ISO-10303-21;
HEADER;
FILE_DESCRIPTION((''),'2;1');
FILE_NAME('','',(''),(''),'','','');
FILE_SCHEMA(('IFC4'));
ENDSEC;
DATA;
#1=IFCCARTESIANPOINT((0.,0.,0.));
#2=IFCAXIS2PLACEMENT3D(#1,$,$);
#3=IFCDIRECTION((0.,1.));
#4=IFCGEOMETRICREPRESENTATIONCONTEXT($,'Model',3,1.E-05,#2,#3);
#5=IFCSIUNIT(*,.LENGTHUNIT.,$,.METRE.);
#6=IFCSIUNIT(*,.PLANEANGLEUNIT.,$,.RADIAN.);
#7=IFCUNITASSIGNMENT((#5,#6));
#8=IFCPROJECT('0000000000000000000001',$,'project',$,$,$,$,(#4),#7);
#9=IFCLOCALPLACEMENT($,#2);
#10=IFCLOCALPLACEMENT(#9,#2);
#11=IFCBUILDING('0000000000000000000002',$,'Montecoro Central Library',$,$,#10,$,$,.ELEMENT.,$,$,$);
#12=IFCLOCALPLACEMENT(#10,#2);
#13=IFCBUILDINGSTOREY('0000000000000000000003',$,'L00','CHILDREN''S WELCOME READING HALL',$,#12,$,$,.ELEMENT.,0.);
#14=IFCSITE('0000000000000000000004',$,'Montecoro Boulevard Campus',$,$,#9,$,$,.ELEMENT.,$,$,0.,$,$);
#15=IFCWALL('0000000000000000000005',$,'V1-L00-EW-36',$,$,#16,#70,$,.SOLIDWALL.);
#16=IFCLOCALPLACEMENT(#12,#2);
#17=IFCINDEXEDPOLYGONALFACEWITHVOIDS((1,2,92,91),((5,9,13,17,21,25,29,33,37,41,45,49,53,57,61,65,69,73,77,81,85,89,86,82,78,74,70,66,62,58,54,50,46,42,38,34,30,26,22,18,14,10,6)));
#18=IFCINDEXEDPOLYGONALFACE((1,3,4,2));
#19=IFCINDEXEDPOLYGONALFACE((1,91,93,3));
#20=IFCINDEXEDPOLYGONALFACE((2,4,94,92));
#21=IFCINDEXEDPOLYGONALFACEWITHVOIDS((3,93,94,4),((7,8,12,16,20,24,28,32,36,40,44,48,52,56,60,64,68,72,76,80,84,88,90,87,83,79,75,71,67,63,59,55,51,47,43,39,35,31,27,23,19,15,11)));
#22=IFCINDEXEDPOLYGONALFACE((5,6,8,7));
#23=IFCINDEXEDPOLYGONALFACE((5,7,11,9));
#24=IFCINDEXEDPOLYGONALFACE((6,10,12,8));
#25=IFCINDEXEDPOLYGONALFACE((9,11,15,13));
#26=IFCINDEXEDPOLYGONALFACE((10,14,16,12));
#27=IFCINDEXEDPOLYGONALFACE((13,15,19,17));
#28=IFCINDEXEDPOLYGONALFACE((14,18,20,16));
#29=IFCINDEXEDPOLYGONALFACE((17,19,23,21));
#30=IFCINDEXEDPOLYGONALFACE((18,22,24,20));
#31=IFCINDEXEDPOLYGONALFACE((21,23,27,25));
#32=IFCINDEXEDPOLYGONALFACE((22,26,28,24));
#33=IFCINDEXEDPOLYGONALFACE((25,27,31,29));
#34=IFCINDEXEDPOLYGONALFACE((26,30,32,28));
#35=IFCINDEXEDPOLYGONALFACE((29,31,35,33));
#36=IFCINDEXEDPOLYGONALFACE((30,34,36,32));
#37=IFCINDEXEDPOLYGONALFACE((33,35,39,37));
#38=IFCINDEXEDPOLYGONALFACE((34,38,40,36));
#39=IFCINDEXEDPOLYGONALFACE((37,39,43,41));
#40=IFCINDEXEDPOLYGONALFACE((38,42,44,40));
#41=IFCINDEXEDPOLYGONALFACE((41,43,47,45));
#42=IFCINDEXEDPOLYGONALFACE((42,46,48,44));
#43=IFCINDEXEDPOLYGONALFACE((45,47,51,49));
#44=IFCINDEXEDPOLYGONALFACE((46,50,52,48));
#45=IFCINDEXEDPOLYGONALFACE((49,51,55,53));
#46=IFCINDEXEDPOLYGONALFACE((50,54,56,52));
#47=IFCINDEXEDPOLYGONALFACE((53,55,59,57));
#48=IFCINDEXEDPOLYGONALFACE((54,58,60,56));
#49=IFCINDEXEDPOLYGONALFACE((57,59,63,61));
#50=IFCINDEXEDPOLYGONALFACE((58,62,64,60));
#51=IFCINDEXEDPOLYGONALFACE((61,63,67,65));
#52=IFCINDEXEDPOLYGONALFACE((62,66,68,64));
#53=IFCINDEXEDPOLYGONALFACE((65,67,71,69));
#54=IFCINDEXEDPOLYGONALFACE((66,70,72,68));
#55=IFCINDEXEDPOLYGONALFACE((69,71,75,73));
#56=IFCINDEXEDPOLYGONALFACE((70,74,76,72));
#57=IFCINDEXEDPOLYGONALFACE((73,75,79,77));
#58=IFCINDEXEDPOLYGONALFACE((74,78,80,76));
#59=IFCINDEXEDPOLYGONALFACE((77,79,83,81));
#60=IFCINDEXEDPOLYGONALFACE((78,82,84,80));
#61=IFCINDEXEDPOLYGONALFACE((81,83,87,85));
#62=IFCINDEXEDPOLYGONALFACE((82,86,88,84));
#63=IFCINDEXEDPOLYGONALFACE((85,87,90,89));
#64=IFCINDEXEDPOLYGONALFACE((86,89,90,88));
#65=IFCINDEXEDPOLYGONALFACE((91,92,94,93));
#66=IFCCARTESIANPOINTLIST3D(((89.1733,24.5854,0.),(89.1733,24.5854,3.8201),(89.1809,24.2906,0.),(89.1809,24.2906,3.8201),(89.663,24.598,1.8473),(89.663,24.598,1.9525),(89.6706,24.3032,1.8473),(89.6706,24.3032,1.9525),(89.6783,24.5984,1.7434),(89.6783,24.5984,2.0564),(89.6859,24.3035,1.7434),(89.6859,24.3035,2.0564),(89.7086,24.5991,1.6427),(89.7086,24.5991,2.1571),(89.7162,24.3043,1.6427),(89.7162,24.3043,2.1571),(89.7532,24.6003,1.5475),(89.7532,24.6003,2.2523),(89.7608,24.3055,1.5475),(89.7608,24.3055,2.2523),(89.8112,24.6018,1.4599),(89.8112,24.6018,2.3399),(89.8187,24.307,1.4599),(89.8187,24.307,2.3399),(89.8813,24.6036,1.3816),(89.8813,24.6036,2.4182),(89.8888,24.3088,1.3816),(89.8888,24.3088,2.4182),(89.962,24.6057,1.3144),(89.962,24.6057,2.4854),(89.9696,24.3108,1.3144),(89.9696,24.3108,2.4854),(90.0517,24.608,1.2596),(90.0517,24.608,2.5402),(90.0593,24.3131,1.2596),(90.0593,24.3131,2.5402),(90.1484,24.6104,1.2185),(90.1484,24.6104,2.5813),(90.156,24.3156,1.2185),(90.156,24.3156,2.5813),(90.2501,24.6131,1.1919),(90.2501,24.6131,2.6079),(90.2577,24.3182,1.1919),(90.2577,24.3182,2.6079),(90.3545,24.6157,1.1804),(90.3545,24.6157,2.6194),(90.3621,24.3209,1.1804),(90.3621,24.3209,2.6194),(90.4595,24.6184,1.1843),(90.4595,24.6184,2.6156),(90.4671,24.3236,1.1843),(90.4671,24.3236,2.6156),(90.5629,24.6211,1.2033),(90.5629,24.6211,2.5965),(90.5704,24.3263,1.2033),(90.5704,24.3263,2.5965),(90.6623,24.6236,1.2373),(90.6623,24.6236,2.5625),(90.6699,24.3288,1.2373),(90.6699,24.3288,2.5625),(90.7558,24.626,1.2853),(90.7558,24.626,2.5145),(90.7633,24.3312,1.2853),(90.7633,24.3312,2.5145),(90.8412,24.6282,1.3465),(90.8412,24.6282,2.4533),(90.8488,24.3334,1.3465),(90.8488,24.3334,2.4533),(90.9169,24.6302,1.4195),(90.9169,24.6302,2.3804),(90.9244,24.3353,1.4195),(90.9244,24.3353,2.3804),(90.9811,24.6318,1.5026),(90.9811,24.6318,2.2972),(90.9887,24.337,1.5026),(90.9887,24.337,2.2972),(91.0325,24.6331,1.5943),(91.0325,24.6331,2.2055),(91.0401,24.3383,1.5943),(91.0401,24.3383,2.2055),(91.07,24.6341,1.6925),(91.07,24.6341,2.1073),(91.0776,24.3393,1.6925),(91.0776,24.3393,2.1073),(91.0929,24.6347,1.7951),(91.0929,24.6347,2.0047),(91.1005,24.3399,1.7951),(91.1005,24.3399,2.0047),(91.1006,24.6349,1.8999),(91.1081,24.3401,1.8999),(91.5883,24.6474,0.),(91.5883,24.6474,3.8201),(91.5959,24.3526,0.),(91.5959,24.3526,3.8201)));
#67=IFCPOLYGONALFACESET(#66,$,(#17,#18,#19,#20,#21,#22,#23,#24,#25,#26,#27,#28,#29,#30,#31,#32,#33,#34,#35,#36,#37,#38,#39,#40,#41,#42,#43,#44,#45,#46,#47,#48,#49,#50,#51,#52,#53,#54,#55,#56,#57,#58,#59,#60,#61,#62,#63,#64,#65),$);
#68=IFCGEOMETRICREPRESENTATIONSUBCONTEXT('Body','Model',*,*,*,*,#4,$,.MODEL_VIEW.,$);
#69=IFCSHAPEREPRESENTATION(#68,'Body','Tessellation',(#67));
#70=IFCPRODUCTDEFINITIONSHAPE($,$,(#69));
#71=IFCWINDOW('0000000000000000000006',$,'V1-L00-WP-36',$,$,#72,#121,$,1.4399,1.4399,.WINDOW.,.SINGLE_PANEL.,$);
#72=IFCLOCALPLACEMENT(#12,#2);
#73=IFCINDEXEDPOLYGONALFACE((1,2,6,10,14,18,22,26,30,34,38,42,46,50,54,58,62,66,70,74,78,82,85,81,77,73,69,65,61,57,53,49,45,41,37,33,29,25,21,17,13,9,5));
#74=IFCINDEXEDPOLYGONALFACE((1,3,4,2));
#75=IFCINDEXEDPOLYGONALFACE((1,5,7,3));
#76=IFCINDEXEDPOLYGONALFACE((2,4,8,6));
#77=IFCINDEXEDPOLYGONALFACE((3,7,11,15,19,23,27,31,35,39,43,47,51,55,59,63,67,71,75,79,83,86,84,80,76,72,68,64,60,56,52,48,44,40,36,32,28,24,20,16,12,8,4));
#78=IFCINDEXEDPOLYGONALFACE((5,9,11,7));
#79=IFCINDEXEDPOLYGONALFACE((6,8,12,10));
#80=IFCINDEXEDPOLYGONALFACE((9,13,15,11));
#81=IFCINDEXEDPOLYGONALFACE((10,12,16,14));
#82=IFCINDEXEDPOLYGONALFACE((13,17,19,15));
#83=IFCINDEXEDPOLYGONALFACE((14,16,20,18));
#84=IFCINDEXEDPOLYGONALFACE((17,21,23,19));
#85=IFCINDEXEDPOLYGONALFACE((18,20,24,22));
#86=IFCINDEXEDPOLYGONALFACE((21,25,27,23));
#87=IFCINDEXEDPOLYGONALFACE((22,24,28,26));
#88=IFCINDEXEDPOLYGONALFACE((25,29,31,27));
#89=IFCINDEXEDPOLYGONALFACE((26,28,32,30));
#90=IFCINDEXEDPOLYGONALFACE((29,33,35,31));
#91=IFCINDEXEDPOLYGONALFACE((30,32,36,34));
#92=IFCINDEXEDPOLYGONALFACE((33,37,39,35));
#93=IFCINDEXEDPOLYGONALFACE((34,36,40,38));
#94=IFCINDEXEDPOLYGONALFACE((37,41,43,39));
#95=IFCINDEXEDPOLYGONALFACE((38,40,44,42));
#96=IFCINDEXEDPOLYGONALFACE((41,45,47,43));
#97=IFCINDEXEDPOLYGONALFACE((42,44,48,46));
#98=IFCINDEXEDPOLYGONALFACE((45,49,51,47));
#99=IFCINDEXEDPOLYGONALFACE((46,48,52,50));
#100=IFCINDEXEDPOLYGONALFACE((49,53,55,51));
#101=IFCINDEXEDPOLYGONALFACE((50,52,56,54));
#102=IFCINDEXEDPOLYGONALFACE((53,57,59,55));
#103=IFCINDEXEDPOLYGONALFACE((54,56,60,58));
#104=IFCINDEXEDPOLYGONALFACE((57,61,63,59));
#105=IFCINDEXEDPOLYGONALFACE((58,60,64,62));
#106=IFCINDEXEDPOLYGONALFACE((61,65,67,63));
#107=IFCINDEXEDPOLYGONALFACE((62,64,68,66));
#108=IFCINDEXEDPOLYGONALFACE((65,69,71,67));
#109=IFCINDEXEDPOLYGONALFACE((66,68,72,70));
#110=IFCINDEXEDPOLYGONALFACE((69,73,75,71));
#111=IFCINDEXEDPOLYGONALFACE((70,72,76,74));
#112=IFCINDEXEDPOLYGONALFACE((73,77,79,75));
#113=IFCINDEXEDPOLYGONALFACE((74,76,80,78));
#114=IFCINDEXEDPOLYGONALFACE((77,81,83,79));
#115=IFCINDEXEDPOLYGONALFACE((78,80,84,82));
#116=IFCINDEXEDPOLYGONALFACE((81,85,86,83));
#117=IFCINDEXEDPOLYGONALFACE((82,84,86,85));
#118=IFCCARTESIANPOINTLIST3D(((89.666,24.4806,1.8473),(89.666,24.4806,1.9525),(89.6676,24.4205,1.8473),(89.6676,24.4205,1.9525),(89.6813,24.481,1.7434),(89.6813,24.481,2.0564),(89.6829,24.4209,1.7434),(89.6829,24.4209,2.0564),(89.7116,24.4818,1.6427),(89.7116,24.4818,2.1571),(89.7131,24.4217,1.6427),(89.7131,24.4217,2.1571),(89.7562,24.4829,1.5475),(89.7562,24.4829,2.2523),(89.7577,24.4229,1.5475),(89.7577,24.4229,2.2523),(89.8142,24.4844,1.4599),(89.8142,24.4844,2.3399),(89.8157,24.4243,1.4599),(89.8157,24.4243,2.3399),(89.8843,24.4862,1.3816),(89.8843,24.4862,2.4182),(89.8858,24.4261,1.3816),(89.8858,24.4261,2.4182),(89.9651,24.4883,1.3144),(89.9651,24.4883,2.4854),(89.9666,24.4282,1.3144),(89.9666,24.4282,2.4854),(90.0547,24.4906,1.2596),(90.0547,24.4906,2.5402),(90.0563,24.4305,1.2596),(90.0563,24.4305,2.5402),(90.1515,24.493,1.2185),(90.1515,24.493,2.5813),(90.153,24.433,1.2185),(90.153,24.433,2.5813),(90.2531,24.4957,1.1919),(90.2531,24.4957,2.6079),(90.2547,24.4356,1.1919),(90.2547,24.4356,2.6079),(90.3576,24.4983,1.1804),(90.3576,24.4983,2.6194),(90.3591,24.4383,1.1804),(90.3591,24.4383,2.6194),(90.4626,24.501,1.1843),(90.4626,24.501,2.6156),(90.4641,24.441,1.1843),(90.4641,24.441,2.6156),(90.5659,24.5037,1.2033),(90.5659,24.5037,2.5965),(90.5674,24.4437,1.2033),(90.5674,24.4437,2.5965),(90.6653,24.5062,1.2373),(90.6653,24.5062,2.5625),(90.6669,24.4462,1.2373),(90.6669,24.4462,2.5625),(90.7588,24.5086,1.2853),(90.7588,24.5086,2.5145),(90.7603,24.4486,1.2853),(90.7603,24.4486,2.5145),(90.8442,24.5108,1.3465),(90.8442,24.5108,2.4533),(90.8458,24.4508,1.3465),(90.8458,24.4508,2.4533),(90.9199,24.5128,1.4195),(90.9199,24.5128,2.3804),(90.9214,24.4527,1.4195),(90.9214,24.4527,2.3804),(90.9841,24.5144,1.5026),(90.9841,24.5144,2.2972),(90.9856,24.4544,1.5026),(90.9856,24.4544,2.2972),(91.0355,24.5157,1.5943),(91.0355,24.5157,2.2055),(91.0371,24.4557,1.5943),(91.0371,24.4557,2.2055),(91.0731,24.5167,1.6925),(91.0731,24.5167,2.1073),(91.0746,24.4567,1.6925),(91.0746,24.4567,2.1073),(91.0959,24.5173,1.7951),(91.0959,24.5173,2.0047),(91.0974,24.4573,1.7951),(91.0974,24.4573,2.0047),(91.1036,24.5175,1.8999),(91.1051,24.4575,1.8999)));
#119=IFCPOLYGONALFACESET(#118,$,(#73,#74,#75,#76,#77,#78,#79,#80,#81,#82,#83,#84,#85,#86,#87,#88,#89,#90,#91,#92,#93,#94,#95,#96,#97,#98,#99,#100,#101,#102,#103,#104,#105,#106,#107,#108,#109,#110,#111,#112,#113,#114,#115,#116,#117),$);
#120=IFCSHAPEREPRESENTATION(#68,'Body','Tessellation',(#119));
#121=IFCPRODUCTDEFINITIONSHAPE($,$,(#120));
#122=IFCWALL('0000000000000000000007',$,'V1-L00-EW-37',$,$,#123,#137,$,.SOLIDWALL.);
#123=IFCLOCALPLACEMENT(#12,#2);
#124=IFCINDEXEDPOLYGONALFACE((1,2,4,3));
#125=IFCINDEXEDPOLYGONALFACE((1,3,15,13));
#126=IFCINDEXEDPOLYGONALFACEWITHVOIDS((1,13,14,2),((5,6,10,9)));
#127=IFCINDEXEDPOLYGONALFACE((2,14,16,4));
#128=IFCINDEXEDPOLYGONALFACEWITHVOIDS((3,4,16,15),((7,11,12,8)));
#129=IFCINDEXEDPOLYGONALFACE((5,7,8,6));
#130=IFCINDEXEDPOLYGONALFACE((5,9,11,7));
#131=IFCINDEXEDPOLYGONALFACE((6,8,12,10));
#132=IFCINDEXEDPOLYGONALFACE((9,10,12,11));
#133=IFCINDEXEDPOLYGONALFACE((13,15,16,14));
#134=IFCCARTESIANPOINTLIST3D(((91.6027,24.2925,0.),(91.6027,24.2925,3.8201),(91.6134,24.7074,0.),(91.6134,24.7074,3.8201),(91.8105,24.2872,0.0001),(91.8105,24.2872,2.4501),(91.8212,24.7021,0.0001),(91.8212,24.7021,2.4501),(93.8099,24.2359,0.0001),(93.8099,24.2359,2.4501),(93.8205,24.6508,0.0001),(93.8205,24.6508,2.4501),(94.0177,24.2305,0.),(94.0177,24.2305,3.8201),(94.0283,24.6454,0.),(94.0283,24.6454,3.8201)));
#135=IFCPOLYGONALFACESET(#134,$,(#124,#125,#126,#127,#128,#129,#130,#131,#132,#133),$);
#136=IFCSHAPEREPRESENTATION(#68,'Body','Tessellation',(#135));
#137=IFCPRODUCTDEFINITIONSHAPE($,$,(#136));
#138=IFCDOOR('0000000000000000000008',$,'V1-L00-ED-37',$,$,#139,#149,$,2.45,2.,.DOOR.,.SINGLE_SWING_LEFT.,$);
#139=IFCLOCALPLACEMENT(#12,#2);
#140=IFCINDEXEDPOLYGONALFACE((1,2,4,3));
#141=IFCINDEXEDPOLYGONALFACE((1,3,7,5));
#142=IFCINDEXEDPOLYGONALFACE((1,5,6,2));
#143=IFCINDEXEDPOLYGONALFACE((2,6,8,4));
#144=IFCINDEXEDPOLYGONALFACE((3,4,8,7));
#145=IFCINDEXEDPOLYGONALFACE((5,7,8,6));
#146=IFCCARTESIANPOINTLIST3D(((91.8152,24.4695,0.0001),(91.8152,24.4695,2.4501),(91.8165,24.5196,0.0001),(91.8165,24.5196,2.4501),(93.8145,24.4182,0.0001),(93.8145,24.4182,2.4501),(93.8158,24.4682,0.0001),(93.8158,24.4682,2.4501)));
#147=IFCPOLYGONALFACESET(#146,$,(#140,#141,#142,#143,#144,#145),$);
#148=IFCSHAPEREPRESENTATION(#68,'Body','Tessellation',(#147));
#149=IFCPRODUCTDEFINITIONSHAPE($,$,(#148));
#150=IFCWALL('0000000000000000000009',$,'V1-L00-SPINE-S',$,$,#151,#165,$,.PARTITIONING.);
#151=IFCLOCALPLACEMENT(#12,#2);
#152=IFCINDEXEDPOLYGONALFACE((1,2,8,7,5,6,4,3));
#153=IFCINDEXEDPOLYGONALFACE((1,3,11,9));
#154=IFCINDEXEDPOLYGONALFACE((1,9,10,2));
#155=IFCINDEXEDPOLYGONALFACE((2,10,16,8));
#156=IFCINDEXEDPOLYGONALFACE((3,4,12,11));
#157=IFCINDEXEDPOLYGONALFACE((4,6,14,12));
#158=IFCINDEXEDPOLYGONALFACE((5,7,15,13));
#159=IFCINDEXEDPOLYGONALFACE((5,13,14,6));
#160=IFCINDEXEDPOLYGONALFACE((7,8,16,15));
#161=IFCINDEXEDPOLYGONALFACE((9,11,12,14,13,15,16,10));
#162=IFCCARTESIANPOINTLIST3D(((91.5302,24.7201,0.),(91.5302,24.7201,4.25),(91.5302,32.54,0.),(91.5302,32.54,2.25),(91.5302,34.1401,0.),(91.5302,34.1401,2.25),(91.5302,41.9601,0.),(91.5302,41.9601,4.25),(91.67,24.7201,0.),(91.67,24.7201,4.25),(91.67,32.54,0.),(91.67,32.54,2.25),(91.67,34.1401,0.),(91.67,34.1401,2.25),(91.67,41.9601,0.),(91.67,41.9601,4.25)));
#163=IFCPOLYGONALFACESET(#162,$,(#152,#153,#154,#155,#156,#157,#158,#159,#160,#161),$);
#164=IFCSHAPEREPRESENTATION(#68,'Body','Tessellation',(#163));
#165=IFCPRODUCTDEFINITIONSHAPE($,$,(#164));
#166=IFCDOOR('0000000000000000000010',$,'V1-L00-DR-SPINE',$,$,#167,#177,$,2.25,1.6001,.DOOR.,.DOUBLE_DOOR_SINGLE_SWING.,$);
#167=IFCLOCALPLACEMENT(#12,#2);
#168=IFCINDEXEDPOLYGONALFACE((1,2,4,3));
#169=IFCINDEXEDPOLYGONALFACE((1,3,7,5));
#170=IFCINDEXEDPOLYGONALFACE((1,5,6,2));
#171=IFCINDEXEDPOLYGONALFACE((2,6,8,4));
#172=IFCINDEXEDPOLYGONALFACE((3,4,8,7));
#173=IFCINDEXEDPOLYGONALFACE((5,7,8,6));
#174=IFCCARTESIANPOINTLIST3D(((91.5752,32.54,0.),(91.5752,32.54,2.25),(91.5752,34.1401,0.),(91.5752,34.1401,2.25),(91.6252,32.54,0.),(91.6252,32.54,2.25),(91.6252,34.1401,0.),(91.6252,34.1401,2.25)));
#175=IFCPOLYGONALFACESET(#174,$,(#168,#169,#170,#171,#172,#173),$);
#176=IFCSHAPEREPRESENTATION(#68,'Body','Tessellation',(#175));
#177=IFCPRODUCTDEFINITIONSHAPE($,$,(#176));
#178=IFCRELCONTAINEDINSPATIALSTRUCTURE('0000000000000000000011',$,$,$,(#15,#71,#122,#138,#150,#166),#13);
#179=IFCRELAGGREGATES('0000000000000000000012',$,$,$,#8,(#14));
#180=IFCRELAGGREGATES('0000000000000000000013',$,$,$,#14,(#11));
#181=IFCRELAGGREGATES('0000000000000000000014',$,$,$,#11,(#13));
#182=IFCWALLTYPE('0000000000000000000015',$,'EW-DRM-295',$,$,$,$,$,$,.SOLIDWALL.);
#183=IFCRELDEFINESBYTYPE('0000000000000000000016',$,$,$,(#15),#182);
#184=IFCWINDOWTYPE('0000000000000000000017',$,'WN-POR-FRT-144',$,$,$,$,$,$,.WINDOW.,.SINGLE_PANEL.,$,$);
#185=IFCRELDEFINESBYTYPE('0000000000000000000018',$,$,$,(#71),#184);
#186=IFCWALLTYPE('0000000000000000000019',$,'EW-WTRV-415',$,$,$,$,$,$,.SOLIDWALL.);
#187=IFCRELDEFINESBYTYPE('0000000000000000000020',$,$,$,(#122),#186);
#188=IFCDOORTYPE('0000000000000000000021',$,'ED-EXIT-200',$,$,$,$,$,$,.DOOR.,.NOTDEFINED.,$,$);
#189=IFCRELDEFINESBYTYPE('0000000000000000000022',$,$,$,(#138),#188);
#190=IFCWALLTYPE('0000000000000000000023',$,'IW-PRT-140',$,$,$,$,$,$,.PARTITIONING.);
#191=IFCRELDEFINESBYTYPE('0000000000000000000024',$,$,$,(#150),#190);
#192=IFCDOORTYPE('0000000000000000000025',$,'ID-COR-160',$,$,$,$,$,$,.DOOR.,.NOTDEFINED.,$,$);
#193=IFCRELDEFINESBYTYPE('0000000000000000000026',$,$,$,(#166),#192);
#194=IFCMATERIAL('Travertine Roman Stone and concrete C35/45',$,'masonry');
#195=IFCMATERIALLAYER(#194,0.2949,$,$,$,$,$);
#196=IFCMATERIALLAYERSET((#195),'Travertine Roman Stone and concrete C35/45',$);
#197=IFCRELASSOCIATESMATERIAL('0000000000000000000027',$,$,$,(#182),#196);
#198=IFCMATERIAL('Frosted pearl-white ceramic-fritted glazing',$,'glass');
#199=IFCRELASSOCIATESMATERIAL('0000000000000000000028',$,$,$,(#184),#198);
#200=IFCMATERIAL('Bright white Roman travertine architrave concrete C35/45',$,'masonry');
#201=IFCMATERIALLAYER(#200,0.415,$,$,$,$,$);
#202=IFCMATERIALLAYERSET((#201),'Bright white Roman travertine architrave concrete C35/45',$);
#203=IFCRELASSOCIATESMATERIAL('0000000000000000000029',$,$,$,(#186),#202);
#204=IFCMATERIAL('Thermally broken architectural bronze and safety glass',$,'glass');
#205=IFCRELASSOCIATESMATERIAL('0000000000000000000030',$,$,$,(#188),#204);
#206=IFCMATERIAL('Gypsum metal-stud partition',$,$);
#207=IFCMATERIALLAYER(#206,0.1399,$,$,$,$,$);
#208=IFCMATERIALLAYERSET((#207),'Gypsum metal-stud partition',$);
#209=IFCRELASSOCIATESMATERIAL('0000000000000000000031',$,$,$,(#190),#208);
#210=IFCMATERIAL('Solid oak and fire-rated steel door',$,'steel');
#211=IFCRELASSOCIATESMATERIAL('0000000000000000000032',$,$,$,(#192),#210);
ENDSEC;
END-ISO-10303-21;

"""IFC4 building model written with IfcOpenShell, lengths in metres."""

from ifc_helpers import new_model, si_unit, direction, frame, frame_2d, origin, place, context, subcontext, project, spatial, rectangle, circle, extrude, material, layer, layer_set, type_object, element, fill, save


model = new_model("IFC4")

# Units and contexts
model_context = context("Model", 3, precision=1e-05, world=origin(), true_north=direction((0.0, 1.0)))
body_context = subcontext(model_context, "Body", "Model", "MODEL_VIEW")
ifc_project = project(units=[si_unit("LENGTHUNIT", "METRE"), si_unit("PLANEANGLEUNIT", "RADIAN")], contexts=[model_context])

# Site, building, storey
site_placement = place(None, origin())
site = spatial("IfcSite", under=ifc_project, at=site_placement, Name="Montecoro Boulevard Campus", CompositionType="ELEMENT", RefElevation=0.0)
building_placement = place(site_placement, origin())
building = spatial("IfcBuilding", under=site, at=building_placement, Name="Montecoro Central Library", CompositionType="ELEMENT")
storey_placement = place(building_placement, origin())
storey = spatial("IfcBuildingStorey", under=building, at=storey_placement, Name="L00", Description="CHILDREN'S WELCOME READING HALL", CompositionType="ELEMENT", Elevation=0.0)

# Wall, opening, window
ifc_material_1 = material(Name="Travertine Roman Stone and concrete C35/45", Category="masonry")
ifc_layer_1 = layer(ifc_material_1, 0.2949)
ifc_layer_set_1 = layer_set([ifc_layer_1], Name="Travertine Roman Stone and concrete C35/45")
wall_type_1 = type_object("IfcWallType", Name="EW-DRM-295", PredefinedType="SOLIDWALL", material=ifc_layer_set_1)
ifc_material_2 = material(Name="Frosted pearl-white ceramic-fritted glazing", Category="glass")
window_type_1 = type_object("IfcWindowType", Name="WN-POR-FRT-144", PartitioningType="SINGLE_PANEL", PredefinedType="WINDOW", material=ifc_material_2)
wall_1_placement = place(storey_placement, frame((89.177, 24.438, 0.0), z_axis=(0.0, 0.0, 1.0), x_axis=(0.999671, 0.025669, 0.0)))
wall_1 = element("IfcWall", 1, at=wall_1_placement, inside=storey, type_object=wall_type_1, Name="V1-L00-EW-36", PredefinedType="SOLIDWALL", context=body_context, shape_type="SweptSolid", body=[
    extrude(rectangle(XDim=2.4158, YDim=0.2949, at=frame_2d((1.208, 0.0))), origin(), (0.0, 0.0, 1.0), 3.8201),
])
opening_1_placement = place(wall_1_placement, frame((0.488, 0.0, 1.1799)))
opening_1 = element("IfcOpeningElement", 2, at=opening_1_placement, cuts=wall_1, PredefinedType="OPENING", context=body_context, shape_type="SweptSolid", body=[
    extrude(circle(Radius=0.72, at=frame_2d((0.72, 0.72))), frame((0.0, 0.1575, 0.0), z_axis=(0.0, -1.0, 0.0), x_axis=(1.0, 0.0, 0.0)), (0.0, 0.0, 1.0), 0.3149),
])
window_1_placement = place(opening_1_placement, origin())
window_1 = element("IfcWindow", 3, at=window_1_placement, inside=storey, type_object=window_type_1, Name="V1-L00-WP-36", OverallHeight=1.4399, OverallWidth=1.4399, PartitioningType="SINGLE_PANEL", PredefinedType="WINDOW", context=body_context, shape_type="SweptSolid", body=[
    extrude(circle(Radius=0.72, at=frame_2d((0.72, 0.72))), frame((0.0, 0.03, 0.0), z_axis=(0.0, -1.0, 0.0), x_axis=(1.0, 0.0, 0.0)), (0.0, 0.0, 1.0), 0.0601),
])
fill(opening_1, window_1)

# Walls, openings, doors
ifc_material_3 = material(Name="Bright white Roman travertine architrave concrete C35/45", Category="masonry")
ifc_layer_2 = layer(ifc_material_3, 0.415)
ifc_layer_set_2 = layer_set([ifc_layer_2], Name="Bright white Roman travertine architrave concrete C35/45")
wall_type_2 = type_object("IfcWallType", Name="EW-WTRV-415", PredefinedType="SOLIDWALL", material=ifc_layer_set_2)
wall_2_placement = place(storey_placement, frame((91.6079, 24.5, 0.0), z_axis=(0.0, 0.0, 1.0), x_axis=(0.999671, -0.025669, 0.0)))
wall_2 = element("IfcWall", 4, at=wall_2_placement, inside=storey, type_object=wall_type_2, Name="V1-L00-EW-37", PredefinedType="SOLIDWALL", context=body_context, shape_type="SweptSolid", body=[
    extrude(rectangle(XDim=2.4158, YDim=0.415, at=frame_2d((1.208, 0.0))), origin(), (0.0, 0.0, 1.0), 3.8201),
])
opening_2_placement = place(wall_2_placement, frame((0.208, 0.0, 0.0)))
opening_2 = element("IfcOpeningElement", 5, at=opening_2_placement, cuts=wall_2, PredefinedType="OPENING", context=body_context, shape_type="SweptSolid", body=[
    extrude(rectangle(XDim=2.0, YDim=2.45, at=frame_2d((1.0, 1.2251))), frame((0.0, 0.2175, 0.0), z_axis=(0.0, -1.0, 0.0), x_axis=(1.0, 0.0, 0.0)), (0.0, 0.0, 1.0), 0.4351),
])
ifc_material_4 = material(Name="Thermally broken architectural bronze and safety glass", Category="glass")
door_type_1 = type_object("IfcDoorType", Name="ED-EXIT-200", OperationType="NOTDEFINED", PredefinedType="DOOR", material=ifc_material_4)
door_1_placement = place(opening_2_placement, origin())
door_1 = element("IfcDoor", 6, at=door_1_placement, inside=storey, type_object=door_type_1, Name="V1-L00-ED-37", OperationType="SINGLE_SWING_LEFT", OverallHeight=2.45, OverallWidth=2.0, PredefinedType="DOOR", context=body_context, shape_type="SweptSolid", body=[
    extrude(rectangle(XDim=2.0, YDim=2.45, at=frame_2d((1.0, 1.2251))), frame((0.0, 0.0249, 0.0), z_axis=(0.0, -1.0, 0.0), x_axis=(1.0, 0.0, 0.0)), (0.0, 0.0, 1.0), 0.05),
])
fill(opening_2, door_1)
ifc_material_5 = material(Name="Gypsum metal-stud partition")
ifc_layer_3 = layer(ifc_material_5, 0.1399)
ifc_layer_set_3 = layer_set([ifc_layer_3], Name="Gypsum metal-stud partition")
wall_type_3 = type_object("IfcWallType", Name="IW-PRT-140", PredefinedType="PARTITIONING", material=ifc_layer_set_3)
wall_3_placement = place(storey_placement, frame((91.6001, 24.72, 0.0), z_axis=(0.0, 0.0, 1.0), x_axis=(0.0, 1.0, 0.0)))
wall_3 = element("IfcWall", 7, at=wall_3_placement, inside=storey, type_object=wall_type_3, Name="V1-L00-SPINE-S", PredefinedType="PARTITIONING", context=body_context, shape_type="SweptSolid", body=[
    extrude(rectangle(XDim=17.24, YDim=0.1399, at=frame_2d((8.6201, 0.0))), origin(), (0.0, 0.0, 1.0), 4.25),
])
opening_3_placement = place(wall_3_placement, frame((7.8201, 0.0, 0.0)))
opening_3 = element("IfcOpeningElement", 8, at=opening_3_placement, cuts=wall_3, PredefinedType="OPENING", context=body_context, shape_type="SweptSolid", body=[
    extrude(rectangle(XDim=1.6001, YDim=2.25, at=frame_2d((0.8, 1.125))), frame((0.0, 0.0798, 0.0), z_axis=(0.0, -1.0, 0.0), x_axis=(1.0, 0.0, 0.0)), (0.0, 0.0, 1.0), 0.1599),
])
ifc_material_6 = material(Name="Solid oak and fire-rated steel door", Category="steel")
door_type_2 = type_object("IfcDoorType", Name="ID-COR-160", OperationType="NOTDEFINED", PredefinedType="DOOR", material=ifc_material_6)
door_2_placement = place(opening_3_placement, origin())
door_2 = element("IfcDoor", 9, at=door_2_placement, inside=storey, type_object=door_type_2, Name="V1-L00-DR-SPINE", OperationType="DOUBLE_DOOR_SINGLE_SWING", OverallHeight=2.25, OverallWidth=1.6001, PredefinedType="DOOR", context=body_context, shape_type="SweptSolid", body=[
    extrude(rectangle(XDim=1.6001, YDim=2.25, at=frame_2d((0.8, 1.125))), frame((0.0, 0.0249, 0.0), z_axis=(0.0, -1.0, 0.0), x_axis=(1.0, 0.0, 0.0)), (0.0, 0.0, 1.0), 0.05),
])
fill(opening_3, door_2)

save(model, "model.ifc")
